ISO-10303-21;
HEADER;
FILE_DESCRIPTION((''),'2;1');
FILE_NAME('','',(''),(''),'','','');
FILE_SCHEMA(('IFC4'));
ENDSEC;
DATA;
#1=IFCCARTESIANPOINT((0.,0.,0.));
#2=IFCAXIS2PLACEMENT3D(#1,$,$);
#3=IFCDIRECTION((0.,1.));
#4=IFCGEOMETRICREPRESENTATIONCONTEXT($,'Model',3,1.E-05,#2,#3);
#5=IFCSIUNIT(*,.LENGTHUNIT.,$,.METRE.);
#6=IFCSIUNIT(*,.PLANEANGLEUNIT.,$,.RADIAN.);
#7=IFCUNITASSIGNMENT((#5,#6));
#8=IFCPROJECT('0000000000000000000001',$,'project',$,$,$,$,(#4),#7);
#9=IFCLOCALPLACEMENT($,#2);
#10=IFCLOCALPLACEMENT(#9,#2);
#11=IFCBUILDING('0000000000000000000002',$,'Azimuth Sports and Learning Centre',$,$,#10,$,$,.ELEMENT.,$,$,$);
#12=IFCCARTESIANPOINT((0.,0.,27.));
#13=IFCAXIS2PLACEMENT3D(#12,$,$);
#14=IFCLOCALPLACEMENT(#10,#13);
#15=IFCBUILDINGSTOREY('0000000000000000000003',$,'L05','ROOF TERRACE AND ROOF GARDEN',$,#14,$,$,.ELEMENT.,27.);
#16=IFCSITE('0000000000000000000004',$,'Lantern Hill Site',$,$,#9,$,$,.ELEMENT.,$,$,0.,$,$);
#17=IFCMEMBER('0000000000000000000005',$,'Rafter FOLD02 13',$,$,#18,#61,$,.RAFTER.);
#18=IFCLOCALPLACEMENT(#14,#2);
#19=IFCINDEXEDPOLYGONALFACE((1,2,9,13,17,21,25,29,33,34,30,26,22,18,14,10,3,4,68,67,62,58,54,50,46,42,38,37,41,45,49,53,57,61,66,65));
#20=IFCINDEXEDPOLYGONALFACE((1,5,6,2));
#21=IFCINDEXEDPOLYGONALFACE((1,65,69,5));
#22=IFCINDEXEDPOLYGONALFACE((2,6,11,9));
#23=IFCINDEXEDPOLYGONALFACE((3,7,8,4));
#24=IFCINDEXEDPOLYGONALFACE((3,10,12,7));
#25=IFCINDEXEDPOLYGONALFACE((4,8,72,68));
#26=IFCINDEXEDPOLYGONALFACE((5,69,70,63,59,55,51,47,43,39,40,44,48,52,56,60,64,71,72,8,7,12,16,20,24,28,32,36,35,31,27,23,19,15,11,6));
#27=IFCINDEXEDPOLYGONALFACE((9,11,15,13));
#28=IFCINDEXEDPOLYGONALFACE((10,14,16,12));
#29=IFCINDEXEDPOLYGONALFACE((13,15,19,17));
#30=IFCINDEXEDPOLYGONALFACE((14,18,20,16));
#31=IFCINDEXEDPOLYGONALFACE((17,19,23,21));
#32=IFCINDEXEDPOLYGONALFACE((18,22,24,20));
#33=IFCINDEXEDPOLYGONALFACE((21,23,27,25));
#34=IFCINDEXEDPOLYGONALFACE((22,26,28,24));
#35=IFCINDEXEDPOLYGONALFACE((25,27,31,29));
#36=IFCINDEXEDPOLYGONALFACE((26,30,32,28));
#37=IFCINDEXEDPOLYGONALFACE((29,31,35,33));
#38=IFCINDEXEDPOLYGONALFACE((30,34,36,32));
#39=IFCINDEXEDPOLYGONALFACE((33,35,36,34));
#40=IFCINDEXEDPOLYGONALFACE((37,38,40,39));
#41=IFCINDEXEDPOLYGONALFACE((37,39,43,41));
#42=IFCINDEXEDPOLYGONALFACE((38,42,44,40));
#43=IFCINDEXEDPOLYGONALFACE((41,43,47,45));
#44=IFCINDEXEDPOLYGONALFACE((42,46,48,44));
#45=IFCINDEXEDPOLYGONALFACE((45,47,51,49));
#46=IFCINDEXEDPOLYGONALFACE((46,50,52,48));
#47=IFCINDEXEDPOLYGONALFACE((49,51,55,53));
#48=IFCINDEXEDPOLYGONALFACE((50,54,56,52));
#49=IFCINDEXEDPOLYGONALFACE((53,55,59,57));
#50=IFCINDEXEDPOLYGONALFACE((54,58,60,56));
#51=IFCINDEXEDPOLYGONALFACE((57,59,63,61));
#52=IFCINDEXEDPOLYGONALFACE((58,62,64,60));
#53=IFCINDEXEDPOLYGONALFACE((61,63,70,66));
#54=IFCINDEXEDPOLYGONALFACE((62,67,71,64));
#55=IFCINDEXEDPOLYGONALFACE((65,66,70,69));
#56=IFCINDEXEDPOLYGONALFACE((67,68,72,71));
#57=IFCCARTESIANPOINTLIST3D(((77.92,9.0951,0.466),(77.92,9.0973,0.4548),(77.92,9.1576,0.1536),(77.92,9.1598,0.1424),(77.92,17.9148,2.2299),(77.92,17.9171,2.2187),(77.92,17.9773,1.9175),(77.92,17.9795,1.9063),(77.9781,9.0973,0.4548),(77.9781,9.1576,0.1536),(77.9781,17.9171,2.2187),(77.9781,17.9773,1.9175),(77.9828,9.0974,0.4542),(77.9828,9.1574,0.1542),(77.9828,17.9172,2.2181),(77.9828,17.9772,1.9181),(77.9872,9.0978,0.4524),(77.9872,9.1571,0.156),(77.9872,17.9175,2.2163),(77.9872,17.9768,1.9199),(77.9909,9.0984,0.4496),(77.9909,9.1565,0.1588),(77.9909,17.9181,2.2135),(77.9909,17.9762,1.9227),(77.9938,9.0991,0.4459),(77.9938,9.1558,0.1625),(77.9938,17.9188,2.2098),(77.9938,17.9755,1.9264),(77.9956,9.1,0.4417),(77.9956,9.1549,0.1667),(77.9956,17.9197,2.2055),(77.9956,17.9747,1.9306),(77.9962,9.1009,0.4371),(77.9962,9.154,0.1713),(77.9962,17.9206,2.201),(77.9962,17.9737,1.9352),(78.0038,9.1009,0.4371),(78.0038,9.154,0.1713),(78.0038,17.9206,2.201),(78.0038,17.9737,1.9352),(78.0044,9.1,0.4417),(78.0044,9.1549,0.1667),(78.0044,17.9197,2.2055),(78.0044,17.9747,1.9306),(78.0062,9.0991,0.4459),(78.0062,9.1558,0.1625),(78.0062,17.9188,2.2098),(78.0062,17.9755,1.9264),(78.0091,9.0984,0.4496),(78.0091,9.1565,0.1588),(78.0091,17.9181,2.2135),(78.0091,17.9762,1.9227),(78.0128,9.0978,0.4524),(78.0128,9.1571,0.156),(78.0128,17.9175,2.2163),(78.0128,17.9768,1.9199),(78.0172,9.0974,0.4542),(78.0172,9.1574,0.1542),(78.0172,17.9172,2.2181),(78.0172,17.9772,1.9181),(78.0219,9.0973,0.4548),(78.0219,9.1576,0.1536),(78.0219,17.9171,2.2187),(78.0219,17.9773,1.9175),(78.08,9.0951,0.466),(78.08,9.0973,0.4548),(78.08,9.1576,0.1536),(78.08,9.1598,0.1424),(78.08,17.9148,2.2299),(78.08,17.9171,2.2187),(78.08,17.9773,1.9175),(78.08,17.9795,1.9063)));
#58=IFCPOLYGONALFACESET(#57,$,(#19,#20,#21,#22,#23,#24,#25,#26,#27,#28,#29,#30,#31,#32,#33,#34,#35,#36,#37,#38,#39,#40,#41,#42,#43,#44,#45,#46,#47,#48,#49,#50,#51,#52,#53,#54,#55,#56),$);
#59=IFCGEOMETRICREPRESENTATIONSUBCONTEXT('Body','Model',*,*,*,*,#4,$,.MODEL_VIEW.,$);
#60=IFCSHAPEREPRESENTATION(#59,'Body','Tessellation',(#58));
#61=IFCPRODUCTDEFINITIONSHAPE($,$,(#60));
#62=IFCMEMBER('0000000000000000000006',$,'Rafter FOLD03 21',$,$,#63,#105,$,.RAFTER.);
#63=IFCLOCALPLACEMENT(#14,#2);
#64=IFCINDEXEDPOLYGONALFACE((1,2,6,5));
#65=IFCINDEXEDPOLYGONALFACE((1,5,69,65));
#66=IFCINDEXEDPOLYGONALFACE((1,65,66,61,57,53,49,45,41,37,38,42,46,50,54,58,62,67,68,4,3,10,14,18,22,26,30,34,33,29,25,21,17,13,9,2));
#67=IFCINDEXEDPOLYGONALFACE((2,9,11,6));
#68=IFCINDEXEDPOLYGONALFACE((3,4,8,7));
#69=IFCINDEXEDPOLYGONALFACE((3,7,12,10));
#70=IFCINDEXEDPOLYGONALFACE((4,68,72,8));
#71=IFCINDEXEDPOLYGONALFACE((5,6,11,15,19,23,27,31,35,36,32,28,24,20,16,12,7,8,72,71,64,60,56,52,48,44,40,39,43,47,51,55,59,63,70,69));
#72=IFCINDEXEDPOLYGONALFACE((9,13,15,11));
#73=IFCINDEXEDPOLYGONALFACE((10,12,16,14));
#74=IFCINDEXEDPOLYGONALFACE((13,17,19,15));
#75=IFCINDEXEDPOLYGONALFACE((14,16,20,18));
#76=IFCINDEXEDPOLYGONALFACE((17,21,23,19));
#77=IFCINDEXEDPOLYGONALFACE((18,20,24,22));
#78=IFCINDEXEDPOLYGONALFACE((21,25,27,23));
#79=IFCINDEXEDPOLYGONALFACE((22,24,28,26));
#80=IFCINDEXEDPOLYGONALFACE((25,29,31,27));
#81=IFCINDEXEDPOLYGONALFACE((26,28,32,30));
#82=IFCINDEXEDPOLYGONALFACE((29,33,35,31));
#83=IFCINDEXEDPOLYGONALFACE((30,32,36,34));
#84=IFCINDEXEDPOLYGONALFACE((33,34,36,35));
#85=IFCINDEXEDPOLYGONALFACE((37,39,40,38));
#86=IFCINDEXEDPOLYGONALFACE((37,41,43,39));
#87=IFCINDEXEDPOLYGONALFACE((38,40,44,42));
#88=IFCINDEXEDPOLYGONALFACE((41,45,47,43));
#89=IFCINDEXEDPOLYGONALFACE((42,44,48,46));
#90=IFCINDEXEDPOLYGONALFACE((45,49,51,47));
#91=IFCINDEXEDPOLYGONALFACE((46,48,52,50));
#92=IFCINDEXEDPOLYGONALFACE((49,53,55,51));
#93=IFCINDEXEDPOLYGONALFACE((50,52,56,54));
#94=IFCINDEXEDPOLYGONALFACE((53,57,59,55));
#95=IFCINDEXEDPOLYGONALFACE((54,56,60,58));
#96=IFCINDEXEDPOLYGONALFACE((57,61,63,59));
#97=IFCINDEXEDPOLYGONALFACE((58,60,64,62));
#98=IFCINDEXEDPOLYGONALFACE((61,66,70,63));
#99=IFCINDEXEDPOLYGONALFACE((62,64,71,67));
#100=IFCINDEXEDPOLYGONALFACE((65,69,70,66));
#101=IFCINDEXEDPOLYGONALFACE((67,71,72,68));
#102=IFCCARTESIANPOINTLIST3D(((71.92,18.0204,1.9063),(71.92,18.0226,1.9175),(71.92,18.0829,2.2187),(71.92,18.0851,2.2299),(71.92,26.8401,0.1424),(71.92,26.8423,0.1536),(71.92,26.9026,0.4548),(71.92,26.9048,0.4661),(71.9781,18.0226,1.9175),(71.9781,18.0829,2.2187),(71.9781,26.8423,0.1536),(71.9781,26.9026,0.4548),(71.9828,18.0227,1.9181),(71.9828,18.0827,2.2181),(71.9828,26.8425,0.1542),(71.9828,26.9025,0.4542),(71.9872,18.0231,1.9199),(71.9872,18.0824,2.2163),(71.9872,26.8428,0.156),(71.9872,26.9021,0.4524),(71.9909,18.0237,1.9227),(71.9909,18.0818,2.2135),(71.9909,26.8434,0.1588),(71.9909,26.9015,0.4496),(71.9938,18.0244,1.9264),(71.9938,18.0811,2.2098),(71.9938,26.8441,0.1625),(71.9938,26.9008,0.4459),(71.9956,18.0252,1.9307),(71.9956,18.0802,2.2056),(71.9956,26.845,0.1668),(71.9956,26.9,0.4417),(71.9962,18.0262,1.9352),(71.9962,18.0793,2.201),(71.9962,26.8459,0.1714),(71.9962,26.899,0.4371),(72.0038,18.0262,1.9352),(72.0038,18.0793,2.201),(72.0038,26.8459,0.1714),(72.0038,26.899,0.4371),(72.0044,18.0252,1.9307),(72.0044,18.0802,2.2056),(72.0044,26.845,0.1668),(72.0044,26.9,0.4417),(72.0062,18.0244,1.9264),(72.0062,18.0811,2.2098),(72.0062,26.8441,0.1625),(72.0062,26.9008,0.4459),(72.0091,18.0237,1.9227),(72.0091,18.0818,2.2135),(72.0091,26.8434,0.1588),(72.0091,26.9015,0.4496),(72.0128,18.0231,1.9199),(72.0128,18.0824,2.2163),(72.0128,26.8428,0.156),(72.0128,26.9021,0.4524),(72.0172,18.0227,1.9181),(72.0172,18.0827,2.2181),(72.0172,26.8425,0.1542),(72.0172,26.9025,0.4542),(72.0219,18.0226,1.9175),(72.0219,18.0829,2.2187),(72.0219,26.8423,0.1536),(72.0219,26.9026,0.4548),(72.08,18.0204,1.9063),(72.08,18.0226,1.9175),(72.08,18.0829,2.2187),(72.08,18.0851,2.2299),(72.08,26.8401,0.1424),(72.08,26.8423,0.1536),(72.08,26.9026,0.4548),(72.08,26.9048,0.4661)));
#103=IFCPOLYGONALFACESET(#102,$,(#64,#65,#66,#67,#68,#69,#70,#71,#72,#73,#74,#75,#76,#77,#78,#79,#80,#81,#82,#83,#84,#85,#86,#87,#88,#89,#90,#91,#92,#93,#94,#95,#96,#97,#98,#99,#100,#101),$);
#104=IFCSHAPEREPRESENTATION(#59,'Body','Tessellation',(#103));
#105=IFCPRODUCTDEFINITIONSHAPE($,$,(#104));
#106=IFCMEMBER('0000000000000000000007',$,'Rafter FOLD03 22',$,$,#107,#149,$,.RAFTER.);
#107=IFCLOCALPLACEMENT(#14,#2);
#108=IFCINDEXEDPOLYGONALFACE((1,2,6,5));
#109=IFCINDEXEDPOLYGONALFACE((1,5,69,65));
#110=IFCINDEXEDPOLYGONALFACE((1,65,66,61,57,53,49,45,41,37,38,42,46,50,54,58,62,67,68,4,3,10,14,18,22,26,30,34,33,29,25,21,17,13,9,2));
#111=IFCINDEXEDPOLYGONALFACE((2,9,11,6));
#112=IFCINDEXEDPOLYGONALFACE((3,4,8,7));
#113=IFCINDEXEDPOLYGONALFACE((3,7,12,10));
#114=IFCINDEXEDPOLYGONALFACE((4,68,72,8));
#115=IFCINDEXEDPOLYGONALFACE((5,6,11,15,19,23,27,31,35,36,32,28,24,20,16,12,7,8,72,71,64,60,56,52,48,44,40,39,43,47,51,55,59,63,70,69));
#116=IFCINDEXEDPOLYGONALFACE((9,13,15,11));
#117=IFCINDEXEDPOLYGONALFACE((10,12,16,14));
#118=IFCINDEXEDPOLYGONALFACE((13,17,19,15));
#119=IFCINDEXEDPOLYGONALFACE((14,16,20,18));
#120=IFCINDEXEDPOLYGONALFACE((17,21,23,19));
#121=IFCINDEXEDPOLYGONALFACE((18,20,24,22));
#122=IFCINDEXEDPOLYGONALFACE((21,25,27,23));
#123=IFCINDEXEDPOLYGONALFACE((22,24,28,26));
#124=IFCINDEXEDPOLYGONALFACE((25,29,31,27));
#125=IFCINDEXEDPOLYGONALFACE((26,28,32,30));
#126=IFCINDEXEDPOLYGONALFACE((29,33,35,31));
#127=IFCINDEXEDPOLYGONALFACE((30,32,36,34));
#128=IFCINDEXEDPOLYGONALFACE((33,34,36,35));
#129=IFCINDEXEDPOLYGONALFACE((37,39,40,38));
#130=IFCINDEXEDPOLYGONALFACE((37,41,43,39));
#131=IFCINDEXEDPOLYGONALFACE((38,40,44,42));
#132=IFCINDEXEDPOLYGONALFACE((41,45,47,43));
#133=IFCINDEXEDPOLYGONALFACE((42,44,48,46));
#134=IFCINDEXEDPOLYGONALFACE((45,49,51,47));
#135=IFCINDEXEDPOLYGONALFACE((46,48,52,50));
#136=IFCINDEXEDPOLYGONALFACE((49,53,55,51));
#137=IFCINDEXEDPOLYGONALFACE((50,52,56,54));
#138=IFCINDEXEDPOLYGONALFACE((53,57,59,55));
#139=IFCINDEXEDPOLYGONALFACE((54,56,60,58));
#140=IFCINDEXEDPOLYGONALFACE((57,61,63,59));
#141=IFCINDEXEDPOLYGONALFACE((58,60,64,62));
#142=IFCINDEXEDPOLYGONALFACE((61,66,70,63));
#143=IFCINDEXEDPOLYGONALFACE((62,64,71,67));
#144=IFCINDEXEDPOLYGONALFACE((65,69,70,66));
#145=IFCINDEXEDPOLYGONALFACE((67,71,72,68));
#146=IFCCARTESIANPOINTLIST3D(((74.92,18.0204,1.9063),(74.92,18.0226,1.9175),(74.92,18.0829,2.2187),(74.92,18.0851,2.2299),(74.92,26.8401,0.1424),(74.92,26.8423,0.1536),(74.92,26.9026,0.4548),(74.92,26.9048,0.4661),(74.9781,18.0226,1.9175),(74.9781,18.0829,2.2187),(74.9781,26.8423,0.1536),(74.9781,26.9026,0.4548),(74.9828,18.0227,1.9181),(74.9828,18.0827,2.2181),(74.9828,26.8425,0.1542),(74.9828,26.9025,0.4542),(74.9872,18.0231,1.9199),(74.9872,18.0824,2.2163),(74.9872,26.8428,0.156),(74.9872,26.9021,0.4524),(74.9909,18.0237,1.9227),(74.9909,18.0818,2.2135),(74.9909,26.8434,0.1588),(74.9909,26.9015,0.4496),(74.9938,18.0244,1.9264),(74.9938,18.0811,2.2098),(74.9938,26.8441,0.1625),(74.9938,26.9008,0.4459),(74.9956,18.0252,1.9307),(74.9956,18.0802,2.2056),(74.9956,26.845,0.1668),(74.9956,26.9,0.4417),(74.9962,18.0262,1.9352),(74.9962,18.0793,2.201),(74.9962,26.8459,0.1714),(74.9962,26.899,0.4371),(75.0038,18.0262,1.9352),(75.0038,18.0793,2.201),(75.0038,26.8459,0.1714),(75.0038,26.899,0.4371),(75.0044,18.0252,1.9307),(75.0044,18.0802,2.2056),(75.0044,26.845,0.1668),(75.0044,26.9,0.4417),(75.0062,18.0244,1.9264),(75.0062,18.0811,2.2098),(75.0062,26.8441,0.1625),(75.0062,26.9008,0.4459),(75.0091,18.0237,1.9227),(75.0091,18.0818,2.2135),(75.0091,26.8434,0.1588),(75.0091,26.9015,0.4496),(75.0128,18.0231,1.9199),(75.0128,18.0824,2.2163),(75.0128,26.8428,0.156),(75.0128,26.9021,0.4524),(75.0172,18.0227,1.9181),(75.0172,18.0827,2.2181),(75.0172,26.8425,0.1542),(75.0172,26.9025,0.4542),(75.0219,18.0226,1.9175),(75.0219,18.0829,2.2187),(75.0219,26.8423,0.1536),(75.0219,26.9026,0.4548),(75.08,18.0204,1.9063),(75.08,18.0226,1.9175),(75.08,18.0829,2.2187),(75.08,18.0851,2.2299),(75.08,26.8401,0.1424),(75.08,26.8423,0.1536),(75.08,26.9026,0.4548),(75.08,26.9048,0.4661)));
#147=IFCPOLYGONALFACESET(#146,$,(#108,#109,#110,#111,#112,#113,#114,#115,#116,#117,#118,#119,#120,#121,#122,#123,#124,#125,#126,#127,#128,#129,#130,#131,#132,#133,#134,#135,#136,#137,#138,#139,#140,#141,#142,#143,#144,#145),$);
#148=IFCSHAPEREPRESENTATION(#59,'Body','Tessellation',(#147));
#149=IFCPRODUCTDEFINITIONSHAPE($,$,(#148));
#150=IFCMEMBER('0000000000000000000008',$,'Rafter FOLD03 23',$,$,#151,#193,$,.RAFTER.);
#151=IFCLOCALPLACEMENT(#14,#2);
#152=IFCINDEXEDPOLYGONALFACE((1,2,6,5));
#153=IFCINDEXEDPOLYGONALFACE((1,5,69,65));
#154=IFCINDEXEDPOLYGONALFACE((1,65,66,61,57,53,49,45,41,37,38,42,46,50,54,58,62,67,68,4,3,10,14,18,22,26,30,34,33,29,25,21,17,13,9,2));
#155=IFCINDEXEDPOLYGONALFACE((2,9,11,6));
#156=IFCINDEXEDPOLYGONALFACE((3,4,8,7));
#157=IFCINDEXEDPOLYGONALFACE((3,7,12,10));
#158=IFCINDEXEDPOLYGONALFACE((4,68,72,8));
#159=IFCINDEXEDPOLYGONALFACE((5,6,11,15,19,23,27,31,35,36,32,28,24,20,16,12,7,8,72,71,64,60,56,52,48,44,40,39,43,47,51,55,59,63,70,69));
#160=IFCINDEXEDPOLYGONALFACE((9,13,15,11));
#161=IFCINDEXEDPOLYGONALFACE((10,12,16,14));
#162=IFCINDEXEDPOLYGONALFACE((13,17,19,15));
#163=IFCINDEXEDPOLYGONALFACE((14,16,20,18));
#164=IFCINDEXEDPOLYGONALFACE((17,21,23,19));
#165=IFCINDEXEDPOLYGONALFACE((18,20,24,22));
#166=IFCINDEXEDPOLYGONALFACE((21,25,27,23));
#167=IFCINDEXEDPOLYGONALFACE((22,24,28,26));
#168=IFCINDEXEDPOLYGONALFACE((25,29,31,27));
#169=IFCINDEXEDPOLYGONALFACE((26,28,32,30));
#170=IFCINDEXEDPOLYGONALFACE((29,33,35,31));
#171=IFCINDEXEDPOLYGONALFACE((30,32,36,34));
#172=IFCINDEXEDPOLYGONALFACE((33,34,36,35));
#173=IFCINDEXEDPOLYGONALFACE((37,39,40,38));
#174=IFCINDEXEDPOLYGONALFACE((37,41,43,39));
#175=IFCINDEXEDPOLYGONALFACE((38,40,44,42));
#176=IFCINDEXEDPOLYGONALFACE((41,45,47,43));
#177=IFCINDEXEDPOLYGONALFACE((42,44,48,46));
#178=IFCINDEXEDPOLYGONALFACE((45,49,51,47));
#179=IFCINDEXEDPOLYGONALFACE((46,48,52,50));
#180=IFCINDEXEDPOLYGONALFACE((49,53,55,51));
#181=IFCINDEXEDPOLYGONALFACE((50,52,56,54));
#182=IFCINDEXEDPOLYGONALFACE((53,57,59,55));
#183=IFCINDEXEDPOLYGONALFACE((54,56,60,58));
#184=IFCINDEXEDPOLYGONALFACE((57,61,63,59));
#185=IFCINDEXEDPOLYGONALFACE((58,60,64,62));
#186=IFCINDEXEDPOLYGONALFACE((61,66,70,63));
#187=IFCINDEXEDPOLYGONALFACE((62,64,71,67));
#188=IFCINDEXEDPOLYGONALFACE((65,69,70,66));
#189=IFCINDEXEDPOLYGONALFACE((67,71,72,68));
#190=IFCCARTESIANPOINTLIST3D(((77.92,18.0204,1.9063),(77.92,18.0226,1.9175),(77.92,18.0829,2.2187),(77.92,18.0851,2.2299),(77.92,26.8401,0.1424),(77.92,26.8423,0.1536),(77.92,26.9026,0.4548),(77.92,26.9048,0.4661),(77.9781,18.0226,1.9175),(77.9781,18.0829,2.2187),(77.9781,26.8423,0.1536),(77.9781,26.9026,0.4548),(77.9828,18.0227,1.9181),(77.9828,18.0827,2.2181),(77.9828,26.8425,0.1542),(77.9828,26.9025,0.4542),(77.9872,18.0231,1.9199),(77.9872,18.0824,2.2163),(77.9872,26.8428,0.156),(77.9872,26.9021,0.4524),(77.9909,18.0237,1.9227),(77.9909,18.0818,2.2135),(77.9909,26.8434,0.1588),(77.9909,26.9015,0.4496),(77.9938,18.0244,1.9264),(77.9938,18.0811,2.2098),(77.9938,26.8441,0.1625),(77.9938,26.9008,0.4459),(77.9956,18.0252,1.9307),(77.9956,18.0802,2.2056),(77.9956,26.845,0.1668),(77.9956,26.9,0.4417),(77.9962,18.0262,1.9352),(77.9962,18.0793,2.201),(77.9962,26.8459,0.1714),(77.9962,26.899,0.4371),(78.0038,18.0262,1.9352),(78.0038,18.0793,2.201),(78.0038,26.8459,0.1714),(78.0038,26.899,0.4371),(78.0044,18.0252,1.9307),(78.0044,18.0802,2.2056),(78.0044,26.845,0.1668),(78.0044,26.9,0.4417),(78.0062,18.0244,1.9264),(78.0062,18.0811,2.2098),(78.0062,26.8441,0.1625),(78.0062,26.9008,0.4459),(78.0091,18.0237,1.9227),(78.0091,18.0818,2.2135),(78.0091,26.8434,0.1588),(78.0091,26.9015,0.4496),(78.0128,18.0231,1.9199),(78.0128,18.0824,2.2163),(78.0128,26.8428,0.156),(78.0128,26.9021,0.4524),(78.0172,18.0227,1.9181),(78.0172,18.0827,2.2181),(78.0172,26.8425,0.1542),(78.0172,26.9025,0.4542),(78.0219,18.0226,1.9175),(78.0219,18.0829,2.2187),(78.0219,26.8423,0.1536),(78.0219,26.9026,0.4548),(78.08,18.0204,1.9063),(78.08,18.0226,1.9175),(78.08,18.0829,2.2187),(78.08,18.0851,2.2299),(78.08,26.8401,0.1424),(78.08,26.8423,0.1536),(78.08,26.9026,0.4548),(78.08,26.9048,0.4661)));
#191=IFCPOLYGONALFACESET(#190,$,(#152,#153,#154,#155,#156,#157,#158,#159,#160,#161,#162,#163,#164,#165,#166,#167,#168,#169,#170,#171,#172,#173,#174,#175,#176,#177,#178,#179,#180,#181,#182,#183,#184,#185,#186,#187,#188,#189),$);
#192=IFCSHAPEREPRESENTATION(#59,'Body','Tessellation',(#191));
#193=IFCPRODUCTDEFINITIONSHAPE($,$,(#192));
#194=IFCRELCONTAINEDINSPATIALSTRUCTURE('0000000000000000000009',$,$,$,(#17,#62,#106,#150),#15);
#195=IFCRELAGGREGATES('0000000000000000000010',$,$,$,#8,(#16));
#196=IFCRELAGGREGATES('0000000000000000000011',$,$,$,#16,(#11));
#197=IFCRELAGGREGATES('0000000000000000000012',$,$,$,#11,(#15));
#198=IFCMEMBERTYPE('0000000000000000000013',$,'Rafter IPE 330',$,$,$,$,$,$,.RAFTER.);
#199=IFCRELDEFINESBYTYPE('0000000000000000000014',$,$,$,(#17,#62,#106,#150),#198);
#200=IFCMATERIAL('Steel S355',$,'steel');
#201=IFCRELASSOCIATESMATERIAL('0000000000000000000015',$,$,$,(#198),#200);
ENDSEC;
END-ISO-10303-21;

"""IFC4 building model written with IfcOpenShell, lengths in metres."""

from ifc_helpers import new_model, si_unit, direction, frame, origin, origin_2d, place, context, subcontext, project, spatial, i_section, extrude, material, material_profile, profile_set, type_object, element, save


model = new_model("IFC4")

# Units and contexts
model_context = context("Model", 3, precision=1e-05, world=origin(), true_north=direction((0.0, 1.0)))
body_context = subcontext(model_context, "Body", "Model", "MODEL_VIEW")
ifc_project = project(units=[si_unit("LENGTHUNIT", "METRE"), si_unit("PLANEANGLEUNIT", "RADIAN")], contexts=[model_context])

# Site, building, storey
site_placement = place(None, origin())
site = spatial("IfcSite", under=ifc_project, at=site_placement, Name="Lantern Hill Site", CompositionType="ELEMENT", RefElevation=0.0)
building_placement = place(site_placement, origin())
building = spatial("IfcBuilding", under=site, at=building_placement, Name="Azimuth Sports and Learning Centre", CompositionType="ELEMENT")
storey_placement = place(building_placement, frame((0.0, 0.0, 27.0)))
storey = spatial("IfcBuildingStorey", under=building, at=storey_placement, Name="L05", Description="ROOF TERRACE AND ROOF GARDEN", CompositionType="ELEMENT", Elevation=27.0)

# Members
ifc_material_1 = material(Name="Steel S355", Category="steel")
ifc_material_profile_1 = material_profile(ifc_material_1, i_section(OverallWidth=0.1599, OverallDepth=0.3301, WebThickness=0.0076, FlangeThickness=0.0115, FilletRadius=0.0181, at=origin_2d()), Name="IPE 330")
ifc_profile_set_1 = profile_set([ifc_material_profile_1], Name="Steel S355")
member_type_1 = type_object("IfcMemberType", Name="Rafter IPE 330", PredefinedType="RAFTER", material=ifc_profile_set_1)
for number, where, z_axis, x_axis, name in (
    (1, (78.0, 9.1274, 0.3042), (0.0, 0.980582, 0.196111), (-1.0, 0.0, 0.0), "Rafter FOLD02 13"),
    (2, (72.0, 18.0527, 2.0681), (0.0, 0.980582, -0.196111), (-1.0, 0.0, 0.0), "Rafter FOLD03 21"),
    (3, (75.0, 18.0527, 2.0681), (0.0, 0.980582, -0.196111), (-1.0, 0.0, 0.0), "Rafter FOLD03 22"),
    (4, (78.0, 18.0527, 2.0681), (0.0, 0.980582, -0.196111), (-1.0, 0.0, 0.0), "Rafter FOLD03 23"),
):
    element("IfcMember", number, at=place(storey_placement, frame(where, z_axis=z_axis, x_axis=x_axis)), inside=storey, type_object=member_type_1, Name=name, PredefinedType="RAFTER", context=body_context, shape_type="SweptSolid", body=[
        extrude(i_section(OverallWidth=0.1599, OverallDepth=0.3301, WebThickness=0.0076, FlangeThickness=0.0115, FilletRadius=0.0181, at=origin_2d()), origin(), (0.0, 0.0, 1.0), 8.9944),
    ])

save(model, "model.ifc")
